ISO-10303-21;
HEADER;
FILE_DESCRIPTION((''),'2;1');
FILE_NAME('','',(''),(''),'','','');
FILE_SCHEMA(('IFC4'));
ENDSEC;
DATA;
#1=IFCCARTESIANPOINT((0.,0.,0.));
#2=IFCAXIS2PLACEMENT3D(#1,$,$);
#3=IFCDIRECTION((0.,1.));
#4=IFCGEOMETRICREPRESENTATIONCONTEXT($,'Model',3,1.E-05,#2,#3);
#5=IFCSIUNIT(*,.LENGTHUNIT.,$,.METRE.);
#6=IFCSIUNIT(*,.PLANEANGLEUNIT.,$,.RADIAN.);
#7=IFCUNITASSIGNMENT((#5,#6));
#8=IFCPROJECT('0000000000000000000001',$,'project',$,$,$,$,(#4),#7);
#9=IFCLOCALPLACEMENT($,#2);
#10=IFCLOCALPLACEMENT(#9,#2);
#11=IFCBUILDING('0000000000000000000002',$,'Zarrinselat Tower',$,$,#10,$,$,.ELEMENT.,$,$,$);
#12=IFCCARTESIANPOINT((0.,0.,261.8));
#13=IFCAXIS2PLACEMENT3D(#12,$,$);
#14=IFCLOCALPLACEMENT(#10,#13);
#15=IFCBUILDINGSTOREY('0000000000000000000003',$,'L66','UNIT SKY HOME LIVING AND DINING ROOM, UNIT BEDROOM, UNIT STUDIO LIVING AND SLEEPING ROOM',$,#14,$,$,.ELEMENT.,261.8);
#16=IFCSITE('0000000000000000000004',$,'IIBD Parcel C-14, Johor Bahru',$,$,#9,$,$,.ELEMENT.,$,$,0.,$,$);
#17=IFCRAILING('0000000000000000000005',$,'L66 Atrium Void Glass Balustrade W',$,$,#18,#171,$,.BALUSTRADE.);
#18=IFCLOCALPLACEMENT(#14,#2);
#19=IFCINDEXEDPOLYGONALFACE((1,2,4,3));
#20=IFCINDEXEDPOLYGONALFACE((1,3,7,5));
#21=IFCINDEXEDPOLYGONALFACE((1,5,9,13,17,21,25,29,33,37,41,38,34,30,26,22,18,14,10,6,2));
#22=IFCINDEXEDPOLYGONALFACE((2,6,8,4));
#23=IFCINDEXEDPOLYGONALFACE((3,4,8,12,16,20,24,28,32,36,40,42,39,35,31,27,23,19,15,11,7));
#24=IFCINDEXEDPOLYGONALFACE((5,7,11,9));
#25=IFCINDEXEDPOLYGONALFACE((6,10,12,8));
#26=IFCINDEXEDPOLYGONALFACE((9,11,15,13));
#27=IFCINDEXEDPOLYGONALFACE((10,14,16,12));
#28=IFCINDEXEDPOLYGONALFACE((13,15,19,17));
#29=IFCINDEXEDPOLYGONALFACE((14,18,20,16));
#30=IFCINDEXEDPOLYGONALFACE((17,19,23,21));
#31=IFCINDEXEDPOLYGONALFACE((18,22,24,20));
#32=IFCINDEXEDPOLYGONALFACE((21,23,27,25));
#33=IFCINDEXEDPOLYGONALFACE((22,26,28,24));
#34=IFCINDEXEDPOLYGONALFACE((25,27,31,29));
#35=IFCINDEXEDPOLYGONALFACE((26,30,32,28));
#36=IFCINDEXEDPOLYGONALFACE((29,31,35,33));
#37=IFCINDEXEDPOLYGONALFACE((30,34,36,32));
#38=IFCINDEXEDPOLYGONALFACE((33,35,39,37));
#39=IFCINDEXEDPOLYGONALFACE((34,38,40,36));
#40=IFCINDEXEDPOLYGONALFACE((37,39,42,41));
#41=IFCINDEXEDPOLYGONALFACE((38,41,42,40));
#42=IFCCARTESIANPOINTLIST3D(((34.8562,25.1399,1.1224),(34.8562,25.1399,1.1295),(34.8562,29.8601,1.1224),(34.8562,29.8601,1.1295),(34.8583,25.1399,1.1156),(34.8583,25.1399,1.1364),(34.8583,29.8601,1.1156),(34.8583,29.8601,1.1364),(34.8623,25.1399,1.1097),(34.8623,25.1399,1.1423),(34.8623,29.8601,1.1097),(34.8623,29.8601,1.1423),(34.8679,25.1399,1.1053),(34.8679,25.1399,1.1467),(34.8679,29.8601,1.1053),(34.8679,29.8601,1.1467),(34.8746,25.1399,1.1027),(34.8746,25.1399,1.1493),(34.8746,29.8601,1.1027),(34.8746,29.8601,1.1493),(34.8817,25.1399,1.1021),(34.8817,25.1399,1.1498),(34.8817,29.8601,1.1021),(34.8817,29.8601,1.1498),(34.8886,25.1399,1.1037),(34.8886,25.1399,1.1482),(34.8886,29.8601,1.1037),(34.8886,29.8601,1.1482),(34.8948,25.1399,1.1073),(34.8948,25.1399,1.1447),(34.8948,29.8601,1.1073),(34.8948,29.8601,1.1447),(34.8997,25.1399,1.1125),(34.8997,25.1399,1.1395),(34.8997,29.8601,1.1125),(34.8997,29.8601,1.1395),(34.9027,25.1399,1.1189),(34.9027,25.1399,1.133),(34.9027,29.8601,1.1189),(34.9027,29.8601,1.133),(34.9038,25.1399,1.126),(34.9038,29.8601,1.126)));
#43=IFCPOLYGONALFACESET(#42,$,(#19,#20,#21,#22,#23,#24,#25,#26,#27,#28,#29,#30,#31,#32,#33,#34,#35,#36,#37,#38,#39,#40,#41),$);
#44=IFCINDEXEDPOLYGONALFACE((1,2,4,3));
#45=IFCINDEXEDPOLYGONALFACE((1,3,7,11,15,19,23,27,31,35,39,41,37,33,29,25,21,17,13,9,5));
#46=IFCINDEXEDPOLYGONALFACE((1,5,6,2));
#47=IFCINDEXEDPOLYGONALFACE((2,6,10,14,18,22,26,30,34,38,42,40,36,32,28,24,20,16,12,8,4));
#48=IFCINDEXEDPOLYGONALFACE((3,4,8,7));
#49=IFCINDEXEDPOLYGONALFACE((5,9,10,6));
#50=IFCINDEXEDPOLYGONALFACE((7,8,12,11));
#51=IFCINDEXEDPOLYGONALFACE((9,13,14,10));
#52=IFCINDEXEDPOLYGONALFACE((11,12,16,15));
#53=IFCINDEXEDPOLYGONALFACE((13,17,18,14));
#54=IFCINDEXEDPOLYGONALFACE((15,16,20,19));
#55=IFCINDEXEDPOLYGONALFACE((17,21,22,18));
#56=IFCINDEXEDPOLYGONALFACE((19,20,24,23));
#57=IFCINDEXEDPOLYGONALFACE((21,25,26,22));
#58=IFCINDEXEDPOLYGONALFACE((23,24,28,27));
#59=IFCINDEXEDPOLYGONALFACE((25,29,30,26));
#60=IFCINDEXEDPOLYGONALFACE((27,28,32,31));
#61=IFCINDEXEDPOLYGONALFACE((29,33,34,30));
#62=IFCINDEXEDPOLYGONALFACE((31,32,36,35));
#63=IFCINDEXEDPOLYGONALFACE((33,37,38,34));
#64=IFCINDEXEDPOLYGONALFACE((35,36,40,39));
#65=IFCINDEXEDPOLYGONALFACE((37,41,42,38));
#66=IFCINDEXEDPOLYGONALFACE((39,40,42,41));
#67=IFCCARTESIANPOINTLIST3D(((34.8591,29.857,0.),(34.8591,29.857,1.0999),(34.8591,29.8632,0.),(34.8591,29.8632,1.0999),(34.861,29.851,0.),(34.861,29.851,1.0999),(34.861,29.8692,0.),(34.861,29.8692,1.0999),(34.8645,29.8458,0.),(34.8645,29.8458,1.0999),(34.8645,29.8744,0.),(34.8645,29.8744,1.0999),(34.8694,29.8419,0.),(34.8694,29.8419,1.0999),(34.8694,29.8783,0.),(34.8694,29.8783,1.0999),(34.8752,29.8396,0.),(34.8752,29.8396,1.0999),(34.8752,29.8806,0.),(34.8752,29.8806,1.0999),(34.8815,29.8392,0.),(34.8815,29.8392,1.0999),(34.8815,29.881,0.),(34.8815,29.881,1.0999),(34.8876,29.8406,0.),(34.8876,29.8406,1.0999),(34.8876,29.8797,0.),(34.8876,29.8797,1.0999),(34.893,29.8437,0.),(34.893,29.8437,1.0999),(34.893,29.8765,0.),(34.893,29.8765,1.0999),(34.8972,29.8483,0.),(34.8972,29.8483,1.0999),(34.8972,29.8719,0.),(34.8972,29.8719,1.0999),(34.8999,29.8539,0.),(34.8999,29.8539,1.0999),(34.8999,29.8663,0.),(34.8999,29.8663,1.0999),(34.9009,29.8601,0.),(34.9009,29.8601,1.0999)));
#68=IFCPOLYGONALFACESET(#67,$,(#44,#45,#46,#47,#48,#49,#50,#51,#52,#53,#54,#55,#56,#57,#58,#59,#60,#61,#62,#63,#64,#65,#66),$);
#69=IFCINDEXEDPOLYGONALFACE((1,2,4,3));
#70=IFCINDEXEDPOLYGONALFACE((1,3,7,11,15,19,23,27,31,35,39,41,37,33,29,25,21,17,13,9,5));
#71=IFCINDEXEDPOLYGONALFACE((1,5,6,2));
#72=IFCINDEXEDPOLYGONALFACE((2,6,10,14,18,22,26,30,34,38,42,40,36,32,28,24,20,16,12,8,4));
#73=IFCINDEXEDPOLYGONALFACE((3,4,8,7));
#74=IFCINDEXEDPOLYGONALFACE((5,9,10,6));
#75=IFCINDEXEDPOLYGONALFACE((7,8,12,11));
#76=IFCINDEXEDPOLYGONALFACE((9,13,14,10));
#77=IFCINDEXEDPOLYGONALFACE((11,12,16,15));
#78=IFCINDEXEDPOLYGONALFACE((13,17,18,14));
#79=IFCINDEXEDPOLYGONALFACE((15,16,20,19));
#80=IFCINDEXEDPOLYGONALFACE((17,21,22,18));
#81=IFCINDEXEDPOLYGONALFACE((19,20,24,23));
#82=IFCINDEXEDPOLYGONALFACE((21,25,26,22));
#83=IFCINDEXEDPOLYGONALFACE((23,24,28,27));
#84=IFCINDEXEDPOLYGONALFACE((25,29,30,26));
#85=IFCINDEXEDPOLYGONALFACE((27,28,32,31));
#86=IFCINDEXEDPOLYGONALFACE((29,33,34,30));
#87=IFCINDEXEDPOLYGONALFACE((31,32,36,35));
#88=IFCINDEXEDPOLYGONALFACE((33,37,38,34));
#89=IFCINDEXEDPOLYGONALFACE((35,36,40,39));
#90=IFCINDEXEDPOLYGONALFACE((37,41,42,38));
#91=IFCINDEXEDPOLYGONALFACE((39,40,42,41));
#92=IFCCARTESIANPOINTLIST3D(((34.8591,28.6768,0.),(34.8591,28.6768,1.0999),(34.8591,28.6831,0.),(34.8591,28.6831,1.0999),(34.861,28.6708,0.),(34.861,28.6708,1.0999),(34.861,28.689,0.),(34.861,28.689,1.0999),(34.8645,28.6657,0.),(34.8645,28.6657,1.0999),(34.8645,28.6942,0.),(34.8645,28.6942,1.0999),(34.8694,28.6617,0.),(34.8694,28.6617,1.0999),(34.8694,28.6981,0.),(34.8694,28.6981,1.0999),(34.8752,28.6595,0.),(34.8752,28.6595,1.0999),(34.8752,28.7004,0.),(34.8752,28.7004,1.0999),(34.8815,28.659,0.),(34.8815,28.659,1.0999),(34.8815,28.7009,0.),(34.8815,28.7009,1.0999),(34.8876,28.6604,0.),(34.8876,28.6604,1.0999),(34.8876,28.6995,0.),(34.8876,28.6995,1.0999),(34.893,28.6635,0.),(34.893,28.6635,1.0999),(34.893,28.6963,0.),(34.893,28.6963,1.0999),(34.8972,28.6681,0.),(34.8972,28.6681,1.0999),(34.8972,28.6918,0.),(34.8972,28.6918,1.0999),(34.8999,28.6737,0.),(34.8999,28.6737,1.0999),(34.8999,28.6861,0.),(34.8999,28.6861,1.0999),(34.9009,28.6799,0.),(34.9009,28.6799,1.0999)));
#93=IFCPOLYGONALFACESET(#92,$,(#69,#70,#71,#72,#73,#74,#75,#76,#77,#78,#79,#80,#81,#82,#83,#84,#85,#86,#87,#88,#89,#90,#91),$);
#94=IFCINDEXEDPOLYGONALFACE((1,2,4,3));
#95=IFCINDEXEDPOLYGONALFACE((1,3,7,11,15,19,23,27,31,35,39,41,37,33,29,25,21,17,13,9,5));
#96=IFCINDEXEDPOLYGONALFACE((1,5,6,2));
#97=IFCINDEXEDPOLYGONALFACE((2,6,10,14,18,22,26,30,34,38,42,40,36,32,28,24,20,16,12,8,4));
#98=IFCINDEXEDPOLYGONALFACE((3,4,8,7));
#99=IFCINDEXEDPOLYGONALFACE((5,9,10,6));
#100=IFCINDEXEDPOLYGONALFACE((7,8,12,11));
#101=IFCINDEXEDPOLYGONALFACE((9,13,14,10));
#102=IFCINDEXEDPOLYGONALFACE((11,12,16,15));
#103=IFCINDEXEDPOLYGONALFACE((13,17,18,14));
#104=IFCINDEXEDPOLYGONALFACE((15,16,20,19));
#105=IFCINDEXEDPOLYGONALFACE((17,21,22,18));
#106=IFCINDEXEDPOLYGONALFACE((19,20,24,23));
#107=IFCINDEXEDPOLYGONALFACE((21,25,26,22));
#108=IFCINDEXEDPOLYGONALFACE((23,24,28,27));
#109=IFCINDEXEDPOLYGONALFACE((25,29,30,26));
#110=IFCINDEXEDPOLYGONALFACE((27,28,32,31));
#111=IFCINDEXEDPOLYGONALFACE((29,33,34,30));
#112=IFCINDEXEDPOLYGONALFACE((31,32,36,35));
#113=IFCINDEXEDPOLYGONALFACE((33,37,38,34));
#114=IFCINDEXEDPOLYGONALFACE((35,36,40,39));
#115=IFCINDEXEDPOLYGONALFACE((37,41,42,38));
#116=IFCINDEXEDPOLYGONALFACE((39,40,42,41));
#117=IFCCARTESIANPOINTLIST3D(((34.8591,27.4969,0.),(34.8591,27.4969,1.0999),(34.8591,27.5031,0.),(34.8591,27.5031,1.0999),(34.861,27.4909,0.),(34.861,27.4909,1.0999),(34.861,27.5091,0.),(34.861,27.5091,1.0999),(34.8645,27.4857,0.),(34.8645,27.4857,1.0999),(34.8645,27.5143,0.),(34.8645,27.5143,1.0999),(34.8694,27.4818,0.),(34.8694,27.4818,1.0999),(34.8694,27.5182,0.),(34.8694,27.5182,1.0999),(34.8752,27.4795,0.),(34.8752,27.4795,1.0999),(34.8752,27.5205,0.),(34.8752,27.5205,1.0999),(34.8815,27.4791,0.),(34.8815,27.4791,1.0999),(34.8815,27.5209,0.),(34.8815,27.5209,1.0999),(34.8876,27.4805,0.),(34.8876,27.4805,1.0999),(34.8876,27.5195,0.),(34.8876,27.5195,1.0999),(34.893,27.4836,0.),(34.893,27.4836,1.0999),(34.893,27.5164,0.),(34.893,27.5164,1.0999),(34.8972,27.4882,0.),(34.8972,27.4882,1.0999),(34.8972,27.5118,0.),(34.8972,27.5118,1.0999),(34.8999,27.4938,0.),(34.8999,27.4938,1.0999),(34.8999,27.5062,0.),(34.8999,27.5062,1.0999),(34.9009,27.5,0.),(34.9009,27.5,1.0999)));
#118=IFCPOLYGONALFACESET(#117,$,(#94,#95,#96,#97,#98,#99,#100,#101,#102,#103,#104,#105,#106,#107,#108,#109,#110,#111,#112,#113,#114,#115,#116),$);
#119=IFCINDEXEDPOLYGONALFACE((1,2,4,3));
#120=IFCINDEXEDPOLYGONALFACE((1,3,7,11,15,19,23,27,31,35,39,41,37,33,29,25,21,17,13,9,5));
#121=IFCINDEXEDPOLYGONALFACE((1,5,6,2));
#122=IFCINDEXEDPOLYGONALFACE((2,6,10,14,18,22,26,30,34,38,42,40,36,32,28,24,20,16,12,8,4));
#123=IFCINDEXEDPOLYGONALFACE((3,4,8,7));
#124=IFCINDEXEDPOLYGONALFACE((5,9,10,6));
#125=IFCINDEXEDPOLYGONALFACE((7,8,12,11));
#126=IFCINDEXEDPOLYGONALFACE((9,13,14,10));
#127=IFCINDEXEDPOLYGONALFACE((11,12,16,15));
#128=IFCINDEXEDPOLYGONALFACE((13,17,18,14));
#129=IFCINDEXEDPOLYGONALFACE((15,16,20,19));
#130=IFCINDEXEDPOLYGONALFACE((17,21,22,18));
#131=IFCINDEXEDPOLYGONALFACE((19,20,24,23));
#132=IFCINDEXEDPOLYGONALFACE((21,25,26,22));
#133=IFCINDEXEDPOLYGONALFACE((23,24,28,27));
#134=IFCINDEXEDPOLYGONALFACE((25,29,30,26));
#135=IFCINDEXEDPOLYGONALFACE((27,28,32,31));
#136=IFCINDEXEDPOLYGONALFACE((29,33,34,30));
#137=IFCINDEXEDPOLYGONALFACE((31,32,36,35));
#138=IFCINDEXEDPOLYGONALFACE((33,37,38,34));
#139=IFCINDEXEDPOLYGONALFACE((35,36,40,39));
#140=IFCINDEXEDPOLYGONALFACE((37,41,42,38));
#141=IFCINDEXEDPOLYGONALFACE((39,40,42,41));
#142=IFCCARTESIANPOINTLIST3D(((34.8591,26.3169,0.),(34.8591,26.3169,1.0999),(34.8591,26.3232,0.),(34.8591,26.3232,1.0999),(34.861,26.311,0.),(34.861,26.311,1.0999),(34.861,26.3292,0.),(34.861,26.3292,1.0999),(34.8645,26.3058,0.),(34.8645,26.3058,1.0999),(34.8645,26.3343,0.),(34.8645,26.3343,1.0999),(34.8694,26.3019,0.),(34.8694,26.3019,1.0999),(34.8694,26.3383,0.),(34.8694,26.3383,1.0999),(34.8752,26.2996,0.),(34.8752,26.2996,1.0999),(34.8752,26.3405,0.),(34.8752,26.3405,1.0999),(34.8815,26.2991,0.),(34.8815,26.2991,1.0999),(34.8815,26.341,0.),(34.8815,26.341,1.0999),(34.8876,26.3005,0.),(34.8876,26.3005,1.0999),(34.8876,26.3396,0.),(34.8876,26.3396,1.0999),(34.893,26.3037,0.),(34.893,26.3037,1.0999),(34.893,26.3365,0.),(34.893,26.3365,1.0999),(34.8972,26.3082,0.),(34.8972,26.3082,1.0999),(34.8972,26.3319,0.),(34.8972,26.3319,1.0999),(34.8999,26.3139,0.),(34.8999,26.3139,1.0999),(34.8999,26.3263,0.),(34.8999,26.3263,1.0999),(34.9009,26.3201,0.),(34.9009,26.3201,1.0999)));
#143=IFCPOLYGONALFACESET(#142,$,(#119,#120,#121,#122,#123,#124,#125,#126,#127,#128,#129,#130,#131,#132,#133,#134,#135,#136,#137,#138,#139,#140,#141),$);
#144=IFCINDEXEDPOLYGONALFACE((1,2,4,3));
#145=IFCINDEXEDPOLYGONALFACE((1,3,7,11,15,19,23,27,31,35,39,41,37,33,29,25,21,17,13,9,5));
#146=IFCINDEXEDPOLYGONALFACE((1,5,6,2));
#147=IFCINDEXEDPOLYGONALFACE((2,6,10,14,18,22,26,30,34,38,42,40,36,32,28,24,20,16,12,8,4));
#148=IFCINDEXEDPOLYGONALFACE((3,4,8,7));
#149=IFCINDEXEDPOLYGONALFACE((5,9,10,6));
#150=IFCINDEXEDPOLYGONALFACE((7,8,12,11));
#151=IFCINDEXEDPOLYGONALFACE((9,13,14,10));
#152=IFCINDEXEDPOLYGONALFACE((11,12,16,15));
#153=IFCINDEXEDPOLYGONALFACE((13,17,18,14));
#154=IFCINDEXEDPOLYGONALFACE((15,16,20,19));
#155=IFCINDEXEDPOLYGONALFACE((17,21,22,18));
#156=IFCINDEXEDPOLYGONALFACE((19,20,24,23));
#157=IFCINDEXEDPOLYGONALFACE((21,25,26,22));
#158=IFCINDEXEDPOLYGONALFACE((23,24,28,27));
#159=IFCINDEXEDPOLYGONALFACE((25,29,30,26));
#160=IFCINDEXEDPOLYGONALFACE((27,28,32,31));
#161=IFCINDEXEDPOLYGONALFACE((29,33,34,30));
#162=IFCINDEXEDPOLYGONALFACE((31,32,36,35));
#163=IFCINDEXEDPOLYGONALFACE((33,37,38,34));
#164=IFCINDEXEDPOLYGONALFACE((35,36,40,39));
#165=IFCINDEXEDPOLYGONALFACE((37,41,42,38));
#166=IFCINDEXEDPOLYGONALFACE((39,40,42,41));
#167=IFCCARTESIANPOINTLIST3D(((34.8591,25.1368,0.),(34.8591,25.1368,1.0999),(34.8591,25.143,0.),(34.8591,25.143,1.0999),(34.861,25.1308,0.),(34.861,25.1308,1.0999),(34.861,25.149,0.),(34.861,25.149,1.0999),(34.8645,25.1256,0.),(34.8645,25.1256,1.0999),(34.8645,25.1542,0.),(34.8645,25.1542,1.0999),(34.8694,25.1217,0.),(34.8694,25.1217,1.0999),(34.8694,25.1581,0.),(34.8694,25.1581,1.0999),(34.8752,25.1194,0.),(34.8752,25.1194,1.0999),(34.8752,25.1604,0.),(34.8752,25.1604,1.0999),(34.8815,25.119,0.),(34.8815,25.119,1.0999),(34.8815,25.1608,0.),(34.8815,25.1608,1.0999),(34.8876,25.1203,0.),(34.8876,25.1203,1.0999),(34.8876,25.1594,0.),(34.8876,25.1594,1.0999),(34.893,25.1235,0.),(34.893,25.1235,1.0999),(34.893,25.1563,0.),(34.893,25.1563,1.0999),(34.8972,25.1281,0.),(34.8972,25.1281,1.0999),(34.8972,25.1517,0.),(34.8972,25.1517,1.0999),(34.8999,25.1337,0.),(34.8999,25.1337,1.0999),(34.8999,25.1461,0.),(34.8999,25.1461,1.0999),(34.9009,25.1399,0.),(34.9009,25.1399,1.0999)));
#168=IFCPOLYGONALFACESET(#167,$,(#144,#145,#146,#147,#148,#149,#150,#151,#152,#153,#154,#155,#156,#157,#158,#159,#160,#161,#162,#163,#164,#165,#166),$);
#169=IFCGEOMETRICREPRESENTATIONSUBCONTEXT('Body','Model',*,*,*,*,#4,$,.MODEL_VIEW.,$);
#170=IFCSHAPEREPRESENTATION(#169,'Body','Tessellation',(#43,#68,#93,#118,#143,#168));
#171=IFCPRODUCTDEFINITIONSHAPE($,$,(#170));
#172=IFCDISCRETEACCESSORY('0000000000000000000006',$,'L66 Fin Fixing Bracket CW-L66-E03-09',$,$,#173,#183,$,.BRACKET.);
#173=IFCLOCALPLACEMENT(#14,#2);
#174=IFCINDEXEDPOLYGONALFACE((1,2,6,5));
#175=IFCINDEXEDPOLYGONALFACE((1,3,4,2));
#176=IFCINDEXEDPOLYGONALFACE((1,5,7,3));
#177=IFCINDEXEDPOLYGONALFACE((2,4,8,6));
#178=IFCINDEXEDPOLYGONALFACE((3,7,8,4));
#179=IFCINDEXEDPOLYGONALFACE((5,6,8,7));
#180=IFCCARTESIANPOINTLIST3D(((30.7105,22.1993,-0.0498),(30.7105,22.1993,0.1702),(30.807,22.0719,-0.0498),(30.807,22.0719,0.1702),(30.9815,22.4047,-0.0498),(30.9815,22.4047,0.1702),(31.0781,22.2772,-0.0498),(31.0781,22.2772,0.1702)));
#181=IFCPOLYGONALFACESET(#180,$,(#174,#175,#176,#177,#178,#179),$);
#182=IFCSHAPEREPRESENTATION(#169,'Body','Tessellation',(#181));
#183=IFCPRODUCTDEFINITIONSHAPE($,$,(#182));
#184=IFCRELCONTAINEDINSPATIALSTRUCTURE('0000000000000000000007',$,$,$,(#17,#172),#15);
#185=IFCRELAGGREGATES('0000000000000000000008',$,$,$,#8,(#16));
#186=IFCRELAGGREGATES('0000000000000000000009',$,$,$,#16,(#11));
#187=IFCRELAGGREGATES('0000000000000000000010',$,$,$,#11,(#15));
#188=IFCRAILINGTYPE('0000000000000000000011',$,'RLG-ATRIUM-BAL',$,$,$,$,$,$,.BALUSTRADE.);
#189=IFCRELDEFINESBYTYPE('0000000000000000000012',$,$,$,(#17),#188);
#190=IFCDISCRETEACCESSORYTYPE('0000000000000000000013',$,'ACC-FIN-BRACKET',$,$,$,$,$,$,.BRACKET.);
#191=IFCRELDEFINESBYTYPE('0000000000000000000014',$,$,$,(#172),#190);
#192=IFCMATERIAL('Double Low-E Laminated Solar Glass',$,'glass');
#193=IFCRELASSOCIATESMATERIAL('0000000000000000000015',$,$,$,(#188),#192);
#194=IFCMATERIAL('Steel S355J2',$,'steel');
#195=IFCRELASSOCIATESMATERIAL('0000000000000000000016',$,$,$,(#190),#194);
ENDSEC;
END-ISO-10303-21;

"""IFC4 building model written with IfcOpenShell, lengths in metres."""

from ifc_helpers import new_model, si_unit, direction, frame, origin, origin_2d, place, context, subcontext, project, spatial, rectangle, circle, extrude, material, type_object, element, save


model = new_model("IFC4")

# Units and contexts
model_context = context("Model", 3, precision=1e-05, world=origin(), true_north=direction((0.0, 1.0)))
body_context = subcontext(model_context, "Body", "Model", "MODEL_VIEW")
ifc_project = project(units=[si_unit("LENGTHUNIT", "METRE"), si_unit("PLANEANGLEUNIT", "RADIAN")], contexts=[model_context])

# Site, building, storey
site_placement = place(None, origin())
site = spatial("IfcSite", under=ifc_project, at=site_placement, Name="IIBD Parcel C-14, Johor Bahru", CompositionType="ELEMENT", RefElevation=0.0)
building_placement = place(site_placement, origin())
building = spatial("IfcBuilding", under=site, at=building_placement, Name="Zarrinselat Tower", CompositionType="ELEMENT")
storey_placement = place(building_placement, frame((0.0, 0.0, 261.8)))
storey = spatial("IfcBuildingStorey", under=building, at=storey_placement, Name="L66", Description="UNIT SKY HOME LIVING AND DINING ROOM, UNIT BEDROOM, UNIT STUDIO LIVING AND SLEEPING ROOM", CompositionType="ELEMENT", Elevation=261.8)

# Railing
ifc_material_1 = material(Name="Double Low-E Laminated Solar Glass", Category="glass")
railing_type = type_object("IfcRailingType", Name="RLG-ATRIUM-BAL", PredefinedType="BALUSTRADE", material=ifc_material_1)
railing_1_placement = place(storey_placement, frame((34.8799, 29.8601, 0.0)))
element("IfcRailing", 1, at=railing_1_placement, inside=storey, type_object=railing_type, Name="L66 Atrium Void Glass Balustrade W", PredefinedType="BALUSTRADE", context=body_context, shape_type="SweptSolid", body=[
    extrude(circle(Radius=0.0239, at=origin_2d()), frame((0.0, 0.0, 1.126), z_axis=(0.0, -1.0, 0.0), x_axis=(1.0, 0.0, 0.0)), (0.0, 0.0, 1.0), 4.7202),
    extrude(circle(Radius=0.021, at=origin_2d()), origin(), (0.0, 0.0, 1.0), 1.0999),
    extrude(circle(Radius=0.021, at=origin_2d()), frame((0.0, -1.1802, 0.0)), (0.0, 0.0, 1.0), 1.0999),
    extrude(circle(Radius=0.021, at=origin_2d()), frame((0.0, -2.3601, 0.0)), (0.0, 0.0, 1.0), 1.0999),
    extrude(circle(Radius=0.021, at=origin_2d()), frame((0.0, -3.54, 0.0)), (0.0, 0.0, 1.0), 1.0999),
    extrude(circle(Radius=0.021, at=origin_2d()), frame((0.0, -4.7202, 0.0)), (0.0, 0.0, 1.0), 1.0999),
])

# Discrete accessory
ifc_material_2 = material(Name="Steel S355J2", Category="steel")
discrete_accessory_type = type_object("IfcDiscreteAccessoryType", Name="ACC-FIN-BRACKET", PredefinedType="BRACKET", material=ifc_material_2)
discrete_accessory_placement = place(storey_placement, frame((30.8943, 22.2383, -0.0498), z_axis=(0.0, 0.0, 1.0), x_axis=(-0.797092, -0.603858, 0.0)))
element("IfcDiscreteAccessory", 2, at=discrete_accessory_placement, inside=storey, type_object=discrete_accessory_type, Name="L66 Fin Fixing Bracket CW-L66-E03-09", PredefinedType="BRACKET", context=body_context, shape_type="SweptSolid", body=[
    extrude(rectangle(XDim=0.3401, YDim=0.1599, at=origin_2d()), origin(), (0.0, 0.0, 1.0), 0.22),
])

save(model, "model.ifc")
